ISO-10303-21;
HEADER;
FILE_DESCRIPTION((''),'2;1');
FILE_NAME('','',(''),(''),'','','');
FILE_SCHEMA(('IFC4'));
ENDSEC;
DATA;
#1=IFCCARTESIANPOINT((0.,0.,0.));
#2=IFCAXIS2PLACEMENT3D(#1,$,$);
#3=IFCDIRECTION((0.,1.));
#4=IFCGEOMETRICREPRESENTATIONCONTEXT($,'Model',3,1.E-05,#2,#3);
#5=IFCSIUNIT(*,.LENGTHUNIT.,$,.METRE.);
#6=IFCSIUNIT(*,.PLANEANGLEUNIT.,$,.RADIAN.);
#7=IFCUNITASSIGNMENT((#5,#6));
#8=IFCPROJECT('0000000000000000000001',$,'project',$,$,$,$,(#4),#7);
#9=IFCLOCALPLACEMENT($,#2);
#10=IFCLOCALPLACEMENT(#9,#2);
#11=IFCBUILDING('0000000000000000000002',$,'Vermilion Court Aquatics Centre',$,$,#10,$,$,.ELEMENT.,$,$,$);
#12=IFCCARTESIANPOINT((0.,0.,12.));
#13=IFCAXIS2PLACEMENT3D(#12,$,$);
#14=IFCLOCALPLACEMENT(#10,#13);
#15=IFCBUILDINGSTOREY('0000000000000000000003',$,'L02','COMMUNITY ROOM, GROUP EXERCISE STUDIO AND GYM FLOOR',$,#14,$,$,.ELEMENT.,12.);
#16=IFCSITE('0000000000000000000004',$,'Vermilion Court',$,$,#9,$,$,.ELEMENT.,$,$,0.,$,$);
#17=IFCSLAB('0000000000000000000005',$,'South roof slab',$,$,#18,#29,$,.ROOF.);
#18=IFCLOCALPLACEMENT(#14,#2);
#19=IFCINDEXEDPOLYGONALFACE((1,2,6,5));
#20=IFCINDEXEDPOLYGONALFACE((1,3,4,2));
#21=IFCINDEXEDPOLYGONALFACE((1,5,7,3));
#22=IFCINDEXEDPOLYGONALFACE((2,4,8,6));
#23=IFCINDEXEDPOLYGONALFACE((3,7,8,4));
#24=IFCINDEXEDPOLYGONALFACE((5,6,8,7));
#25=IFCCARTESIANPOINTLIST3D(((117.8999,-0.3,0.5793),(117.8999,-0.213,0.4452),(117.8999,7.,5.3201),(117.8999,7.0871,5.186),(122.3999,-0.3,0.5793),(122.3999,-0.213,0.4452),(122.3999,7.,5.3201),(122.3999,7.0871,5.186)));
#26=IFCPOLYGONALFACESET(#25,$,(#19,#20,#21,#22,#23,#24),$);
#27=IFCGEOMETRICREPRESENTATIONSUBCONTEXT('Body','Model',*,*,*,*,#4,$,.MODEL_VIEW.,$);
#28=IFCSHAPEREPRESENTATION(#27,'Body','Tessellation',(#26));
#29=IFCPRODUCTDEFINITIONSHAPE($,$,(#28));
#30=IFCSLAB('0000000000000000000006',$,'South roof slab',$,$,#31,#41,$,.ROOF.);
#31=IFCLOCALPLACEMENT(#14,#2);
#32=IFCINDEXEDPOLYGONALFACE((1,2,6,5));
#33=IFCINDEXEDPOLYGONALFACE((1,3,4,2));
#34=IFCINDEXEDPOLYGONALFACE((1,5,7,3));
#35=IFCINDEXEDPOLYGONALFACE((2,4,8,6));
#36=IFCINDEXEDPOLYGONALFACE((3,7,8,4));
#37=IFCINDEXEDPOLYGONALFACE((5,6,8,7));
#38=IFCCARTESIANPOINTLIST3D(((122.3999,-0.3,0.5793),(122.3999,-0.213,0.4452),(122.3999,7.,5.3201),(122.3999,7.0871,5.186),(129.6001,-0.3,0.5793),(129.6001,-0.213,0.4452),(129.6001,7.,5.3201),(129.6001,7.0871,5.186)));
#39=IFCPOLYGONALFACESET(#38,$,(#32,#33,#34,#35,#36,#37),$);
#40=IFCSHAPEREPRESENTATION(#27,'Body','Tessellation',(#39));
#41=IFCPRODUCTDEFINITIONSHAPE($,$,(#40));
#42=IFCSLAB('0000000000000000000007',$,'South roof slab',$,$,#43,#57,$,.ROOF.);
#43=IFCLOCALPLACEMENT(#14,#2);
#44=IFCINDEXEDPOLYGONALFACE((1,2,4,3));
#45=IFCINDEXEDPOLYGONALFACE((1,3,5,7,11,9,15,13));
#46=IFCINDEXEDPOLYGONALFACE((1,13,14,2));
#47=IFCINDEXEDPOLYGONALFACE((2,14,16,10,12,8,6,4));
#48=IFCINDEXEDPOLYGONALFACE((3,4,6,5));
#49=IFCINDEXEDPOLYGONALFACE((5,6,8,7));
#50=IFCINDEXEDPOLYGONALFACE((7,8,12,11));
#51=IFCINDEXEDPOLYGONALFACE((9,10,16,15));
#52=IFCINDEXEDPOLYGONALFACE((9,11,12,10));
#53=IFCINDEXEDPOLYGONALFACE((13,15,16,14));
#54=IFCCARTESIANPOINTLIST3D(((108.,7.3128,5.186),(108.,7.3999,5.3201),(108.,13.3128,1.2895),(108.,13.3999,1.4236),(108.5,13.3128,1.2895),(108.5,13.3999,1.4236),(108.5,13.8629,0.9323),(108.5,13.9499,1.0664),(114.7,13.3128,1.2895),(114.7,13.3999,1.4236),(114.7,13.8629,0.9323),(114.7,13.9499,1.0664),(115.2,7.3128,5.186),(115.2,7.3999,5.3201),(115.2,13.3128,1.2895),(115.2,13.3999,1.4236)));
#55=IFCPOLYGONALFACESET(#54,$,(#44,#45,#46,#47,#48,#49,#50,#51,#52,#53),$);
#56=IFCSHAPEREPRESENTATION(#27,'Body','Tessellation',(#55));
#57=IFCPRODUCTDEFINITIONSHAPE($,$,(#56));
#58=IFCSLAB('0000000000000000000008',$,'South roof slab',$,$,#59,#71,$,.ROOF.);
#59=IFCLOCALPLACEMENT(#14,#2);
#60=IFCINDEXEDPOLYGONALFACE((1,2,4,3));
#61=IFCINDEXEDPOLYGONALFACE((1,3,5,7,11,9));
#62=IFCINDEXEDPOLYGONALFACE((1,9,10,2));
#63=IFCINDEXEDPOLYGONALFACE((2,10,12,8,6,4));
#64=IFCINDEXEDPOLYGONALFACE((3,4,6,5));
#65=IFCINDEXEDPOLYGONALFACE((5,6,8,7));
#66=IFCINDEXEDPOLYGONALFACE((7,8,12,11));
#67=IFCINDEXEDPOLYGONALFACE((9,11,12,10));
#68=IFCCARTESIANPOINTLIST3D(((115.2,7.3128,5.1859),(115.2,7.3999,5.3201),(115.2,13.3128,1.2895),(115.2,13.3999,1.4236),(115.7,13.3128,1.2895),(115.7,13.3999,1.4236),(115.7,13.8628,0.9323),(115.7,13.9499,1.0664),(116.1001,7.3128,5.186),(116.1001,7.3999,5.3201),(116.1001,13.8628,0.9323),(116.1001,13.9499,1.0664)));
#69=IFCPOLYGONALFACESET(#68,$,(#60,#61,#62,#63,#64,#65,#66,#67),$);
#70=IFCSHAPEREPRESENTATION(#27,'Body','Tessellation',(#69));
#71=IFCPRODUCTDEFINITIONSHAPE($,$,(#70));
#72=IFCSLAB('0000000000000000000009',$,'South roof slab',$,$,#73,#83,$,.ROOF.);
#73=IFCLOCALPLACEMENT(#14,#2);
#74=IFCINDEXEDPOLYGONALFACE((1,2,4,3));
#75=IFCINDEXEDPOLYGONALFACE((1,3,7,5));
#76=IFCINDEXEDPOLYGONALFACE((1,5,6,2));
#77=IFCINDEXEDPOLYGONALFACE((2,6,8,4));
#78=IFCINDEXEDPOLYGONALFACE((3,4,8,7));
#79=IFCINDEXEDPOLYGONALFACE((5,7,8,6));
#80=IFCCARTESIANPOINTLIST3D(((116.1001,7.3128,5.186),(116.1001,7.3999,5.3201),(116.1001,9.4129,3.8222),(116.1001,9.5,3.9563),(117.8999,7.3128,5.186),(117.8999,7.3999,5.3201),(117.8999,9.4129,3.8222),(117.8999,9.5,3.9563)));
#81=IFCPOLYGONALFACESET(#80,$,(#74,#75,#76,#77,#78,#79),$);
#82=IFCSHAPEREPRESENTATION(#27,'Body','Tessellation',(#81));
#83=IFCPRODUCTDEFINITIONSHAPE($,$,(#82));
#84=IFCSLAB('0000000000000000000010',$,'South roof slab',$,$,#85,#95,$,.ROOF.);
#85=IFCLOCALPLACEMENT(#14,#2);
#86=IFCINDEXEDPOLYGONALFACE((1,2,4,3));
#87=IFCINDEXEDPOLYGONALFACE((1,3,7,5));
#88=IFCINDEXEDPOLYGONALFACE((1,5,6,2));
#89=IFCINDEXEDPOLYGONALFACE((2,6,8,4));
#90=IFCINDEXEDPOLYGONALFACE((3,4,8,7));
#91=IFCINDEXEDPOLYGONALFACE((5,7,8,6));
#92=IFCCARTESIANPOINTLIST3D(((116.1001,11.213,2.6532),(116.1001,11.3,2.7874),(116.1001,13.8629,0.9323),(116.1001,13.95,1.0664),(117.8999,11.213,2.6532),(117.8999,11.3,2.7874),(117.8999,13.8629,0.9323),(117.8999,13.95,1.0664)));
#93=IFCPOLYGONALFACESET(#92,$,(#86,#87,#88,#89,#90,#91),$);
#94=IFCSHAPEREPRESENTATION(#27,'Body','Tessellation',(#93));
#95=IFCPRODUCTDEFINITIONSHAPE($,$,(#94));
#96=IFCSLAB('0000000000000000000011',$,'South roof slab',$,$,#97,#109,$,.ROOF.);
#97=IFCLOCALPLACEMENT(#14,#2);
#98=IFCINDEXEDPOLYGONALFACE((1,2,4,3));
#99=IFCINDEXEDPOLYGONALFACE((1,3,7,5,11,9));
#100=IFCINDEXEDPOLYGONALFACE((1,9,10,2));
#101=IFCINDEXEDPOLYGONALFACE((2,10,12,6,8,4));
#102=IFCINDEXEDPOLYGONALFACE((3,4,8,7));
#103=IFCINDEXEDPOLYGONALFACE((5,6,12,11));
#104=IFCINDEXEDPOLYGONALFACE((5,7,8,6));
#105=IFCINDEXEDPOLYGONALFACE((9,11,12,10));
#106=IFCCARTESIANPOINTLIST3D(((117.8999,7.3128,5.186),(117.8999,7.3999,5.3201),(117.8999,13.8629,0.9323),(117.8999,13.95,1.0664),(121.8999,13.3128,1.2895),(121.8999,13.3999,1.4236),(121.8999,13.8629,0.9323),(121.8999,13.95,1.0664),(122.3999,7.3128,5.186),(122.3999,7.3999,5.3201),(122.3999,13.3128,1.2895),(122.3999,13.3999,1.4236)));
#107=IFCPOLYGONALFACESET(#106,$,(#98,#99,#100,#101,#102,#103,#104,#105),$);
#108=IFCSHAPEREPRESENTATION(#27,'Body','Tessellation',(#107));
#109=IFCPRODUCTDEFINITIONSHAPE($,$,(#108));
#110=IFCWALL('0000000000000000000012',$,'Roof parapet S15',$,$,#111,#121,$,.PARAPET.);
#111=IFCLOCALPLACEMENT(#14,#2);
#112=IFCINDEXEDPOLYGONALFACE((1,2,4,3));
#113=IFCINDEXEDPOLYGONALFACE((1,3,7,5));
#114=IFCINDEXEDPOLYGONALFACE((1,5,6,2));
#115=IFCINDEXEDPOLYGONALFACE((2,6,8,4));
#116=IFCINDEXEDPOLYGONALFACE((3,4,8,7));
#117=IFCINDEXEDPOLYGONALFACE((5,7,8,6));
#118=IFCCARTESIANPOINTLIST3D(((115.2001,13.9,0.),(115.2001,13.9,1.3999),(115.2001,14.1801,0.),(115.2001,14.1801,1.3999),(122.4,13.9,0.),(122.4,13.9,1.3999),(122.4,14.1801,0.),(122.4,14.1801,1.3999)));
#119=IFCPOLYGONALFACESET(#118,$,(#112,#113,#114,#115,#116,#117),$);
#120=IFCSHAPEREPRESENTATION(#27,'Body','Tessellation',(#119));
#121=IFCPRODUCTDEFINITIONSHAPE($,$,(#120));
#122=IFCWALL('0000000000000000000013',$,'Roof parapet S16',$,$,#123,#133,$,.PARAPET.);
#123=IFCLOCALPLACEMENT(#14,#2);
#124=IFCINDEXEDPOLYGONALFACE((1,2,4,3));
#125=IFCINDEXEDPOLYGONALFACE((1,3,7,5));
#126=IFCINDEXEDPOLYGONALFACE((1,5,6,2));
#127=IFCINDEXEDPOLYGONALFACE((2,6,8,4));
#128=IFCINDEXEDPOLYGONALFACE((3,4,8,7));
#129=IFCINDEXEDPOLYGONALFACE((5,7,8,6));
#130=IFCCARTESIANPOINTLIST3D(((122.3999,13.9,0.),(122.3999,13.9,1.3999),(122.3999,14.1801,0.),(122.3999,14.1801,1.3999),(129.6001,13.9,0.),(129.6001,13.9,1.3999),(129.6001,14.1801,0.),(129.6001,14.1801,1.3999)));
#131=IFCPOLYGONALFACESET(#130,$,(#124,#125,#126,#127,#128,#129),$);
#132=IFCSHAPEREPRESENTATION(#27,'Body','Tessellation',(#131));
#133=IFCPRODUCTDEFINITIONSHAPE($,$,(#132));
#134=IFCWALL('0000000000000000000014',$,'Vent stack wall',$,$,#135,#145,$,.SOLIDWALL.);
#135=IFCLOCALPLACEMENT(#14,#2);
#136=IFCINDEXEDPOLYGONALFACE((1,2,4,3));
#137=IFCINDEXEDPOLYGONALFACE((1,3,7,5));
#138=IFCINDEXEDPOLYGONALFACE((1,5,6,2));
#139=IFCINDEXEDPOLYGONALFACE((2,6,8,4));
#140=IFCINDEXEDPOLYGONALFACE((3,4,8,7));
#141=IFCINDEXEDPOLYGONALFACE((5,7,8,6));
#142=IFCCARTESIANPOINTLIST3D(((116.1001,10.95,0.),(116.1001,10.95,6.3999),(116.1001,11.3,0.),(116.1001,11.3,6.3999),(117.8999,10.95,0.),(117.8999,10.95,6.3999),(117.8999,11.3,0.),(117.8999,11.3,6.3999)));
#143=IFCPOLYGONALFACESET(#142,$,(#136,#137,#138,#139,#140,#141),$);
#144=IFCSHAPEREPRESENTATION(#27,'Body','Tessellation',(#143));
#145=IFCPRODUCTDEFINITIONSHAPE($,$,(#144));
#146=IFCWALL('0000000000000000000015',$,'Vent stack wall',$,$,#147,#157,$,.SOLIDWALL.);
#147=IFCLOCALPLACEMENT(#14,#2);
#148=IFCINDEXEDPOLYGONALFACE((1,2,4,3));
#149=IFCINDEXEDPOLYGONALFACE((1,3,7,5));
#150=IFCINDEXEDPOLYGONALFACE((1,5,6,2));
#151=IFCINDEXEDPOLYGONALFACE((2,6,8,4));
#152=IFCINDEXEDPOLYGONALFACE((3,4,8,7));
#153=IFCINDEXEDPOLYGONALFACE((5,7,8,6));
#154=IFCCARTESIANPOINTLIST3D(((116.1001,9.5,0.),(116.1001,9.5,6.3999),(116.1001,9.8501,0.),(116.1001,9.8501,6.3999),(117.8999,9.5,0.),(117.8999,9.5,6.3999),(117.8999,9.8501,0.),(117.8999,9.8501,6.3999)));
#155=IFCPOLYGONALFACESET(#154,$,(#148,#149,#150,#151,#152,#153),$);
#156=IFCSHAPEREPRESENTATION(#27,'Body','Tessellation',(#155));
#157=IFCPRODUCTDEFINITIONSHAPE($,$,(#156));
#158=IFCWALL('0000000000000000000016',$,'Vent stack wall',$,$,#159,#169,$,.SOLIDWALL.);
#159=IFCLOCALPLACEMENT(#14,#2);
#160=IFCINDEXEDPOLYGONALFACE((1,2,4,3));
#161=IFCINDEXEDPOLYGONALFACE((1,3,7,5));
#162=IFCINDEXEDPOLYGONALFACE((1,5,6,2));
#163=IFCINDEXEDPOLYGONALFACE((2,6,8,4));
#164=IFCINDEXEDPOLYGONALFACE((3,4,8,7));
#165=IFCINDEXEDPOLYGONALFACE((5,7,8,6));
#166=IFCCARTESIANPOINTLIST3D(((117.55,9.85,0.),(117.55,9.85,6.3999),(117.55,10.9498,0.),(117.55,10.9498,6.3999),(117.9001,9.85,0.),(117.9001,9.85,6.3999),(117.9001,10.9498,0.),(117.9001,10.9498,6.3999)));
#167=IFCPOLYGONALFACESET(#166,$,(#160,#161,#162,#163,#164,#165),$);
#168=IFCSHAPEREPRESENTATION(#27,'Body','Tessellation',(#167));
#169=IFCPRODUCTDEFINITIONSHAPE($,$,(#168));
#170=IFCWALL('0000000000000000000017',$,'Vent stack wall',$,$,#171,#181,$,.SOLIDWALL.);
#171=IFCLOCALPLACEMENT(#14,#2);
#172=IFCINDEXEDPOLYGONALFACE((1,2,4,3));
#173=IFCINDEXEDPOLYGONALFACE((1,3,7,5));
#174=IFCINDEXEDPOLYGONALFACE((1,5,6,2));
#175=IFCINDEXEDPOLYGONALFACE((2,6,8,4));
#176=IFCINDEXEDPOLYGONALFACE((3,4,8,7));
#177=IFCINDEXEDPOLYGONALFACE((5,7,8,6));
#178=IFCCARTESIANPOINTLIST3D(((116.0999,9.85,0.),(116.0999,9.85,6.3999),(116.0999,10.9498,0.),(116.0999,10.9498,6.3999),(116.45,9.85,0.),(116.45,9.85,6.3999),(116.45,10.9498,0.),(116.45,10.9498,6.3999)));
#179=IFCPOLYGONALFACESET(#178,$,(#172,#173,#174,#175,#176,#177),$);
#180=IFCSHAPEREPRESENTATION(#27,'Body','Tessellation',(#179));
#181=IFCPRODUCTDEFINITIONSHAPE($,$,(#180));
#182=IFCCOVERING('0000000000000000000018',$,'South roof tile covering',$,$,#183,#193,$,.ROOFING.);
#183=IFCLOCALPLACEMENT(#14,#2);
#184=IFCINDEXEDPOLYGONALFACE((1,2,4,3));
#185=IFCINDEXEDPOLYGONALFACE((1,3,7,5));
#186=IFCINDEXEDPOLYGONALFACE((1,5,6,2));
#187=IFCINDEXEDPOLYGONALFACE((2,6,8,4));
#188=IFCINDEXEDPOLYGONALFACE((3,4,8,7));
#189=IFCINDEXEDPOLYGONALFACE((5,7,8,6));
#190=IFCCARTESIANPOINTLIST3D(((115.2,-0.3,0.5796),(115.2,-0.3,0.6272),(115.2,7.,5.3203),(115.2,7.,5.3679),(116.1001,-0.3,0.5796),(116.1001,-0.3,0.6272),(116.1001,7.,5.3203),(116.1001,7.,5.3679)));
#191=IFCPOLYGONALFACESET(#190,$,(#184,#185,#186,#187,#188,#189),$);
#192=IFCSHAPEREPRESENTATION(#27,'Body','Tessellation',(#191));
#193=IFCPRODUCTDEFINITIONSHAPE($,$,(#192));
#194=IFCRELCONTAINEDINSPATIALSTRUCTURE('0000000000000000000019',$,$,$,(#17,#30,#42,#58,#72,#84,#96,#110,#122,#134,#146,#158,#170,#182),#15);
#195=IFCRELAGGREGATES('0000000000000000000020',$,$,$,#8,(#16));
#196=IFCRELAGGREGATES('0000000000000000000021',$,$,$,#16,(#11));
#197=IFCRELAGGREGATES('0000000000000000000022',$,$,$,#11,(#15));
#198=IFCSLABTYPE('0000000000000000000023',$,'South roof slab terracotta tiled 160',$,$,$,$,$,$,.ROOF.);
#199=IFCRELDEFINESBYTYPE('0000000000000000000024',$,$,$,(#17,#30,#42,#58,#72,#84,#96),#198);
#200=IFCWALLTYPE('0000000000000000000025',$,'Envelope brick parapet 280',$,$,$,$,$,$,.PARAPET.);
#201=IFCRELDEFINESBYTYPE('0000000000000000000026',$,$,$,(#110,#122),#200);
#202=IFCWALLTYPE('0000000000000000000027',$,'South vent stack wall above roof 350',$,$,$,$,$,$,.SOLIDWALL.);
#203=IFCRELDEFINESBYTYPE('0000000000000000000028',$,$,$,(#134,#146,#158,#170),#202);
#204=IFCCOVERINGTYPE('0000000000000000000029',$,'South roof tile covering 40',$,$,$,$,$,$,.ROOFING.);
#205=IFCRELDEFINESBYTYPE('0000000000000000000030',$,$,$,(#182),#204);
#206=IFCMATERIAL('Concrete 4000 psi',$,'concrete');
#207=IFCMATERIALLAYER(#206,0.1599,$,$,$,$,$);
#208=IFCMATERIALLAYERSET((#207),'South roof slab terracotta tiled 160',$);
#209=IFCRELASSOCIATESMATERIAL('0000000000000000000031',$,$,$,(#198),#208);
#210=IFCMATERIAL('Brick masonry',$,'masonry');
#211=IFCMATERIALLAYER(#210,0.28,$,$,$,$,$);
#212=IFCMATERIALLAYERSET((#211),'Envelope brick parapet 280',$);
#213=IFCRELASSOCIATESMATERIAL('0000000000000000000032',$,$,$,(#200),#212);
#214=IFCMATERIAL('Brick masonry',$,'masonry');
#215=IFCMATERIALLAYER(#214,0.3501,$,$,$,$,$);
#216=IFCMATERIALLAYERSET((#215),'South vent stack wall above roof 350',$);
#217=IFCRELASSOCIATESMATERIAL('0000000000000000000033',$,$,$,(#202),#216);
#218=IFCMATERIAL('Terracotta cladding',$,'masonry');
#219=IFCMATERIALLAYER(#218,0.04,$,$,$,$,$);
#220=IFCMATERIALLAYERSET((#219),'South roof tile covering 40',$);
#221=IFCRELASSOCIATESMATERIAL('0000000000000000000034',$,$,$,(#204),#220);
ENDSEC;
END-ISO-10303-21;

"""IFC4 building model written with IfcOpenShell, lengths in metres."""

from ifc_helpers import new_model, si_unit, direction, frame, frame_2d, origin, place, context, subcontext, project, spatial, polyline, rectangle, outline, extrude, material, layer, layer_set, type_object, element, save


model = new_model("IFC4")

# Units and contexts
model_context = context("Model", 3, precision=1e-05, world=origin(), true_north=direction((0.0, 1.0)))
body_context = subcontext(model_context, "Body", "Model", "MODEL_VIEW")
ifc_project = project(units=[si_unit("LENGTHUNIT", "METRE"), si_unit("PLANEANGLEUNIT", "RADIAN")], contexts=[model_context])

# Site, building, storey
site_placement = place(None, origin())
site = spatial("IfcSite", under=ifc_project, at=site_placement, Name="Vermilion Court", CompositionType="ELEMENT", RefElevation=0.0)
building_placement = place(site_placement, origin())
building = spatial("IfcBuilding", under=site, at=building_placement, Name="Vermilion Court Aquatics Centre", CompositionType="ELEMENT")
storey_placement = place(building_placement, frame((0.0, 0.0, 12.0)))
storey = spatial("IfcBuildingStorey", under=building, at=storey_placement, Name="L02", Description="COMMUNITY ROOM, GROUP EXERCISE STUDIO AND GYM FLOOR", CompositionType="ELEMENT", Elevation=12.0)

# Slabs
ifc_material_1 = material(Name="Concrete 4000 psi", Category="concrete")
ifc_layer_1 = layer(ifc_material_1, 0.1599)
ifc_layer_set_1 = layer_set([ifc_layer_1], Name="South roof slab terracotta tiled 160")
slab_type_1 = type_object("IfcSlabType", Name="South roof slab terracotta tiled 160", PredefinedType="ROOF", material=ifc_layer_set_1)
slab_1_placement = place(storey_placement, frame((117.8999, -0.3, 0.5793), z_axis=(0.0, -0.54464, 0.83867), x_axis=(0.0, 0.83867, 0.54464)))
element("IfcSlab", 1, at=slab_1_placement, inside=storey, type_object=slab_type_1, Name="South roof slab", PredefinedType="ROOF", context=body_context, shape_type="SweptSolid", body=[
    extrude(outline(polyline([(0.0, 0.0), (8.7043, 0.0), (8.7043, -4.5), (0.0, -4.5), (0.0, 0.0)])), origin(), (0.0, 0.0, -1.0), 0.1599),
])
slab_2_placement = place(storey_placement, frame((122.3999, -0.3, 0.5793), z_axis=(0.0, -0.54464, 0.83867), x_axis=(0.0, 0.83867, 0.54464)))
element("IfcSlab", 2, at=slab_2_placement, inside=storey, type_object=slab_type_1, Name="South roof slab", PredefinedType="ROOF", context=body_context, shape_type="SweptSolid", body=[
    extrude(outline(polyline([(0.0, 0.0), (8.7043, 0.0), (8.7043, -7.2002), (0.0, -7.2002), (0.0, 0.0)])), origin(), (0.0, 0.0, -1.0), 0.1599),
])
slab_3_placement = place(storey_placement, frame((115.2, 7.3999, 5.3201), z_axis=(0.0, 0.54464, 0.83867), x_axis=(-1.0, 0.0, 0.0)))
element("IfcSlab", 3, at=slab_3_placement, inside=storey, type_object=slab_type_1, Name="South roof slab", PredefinedType="ROOF", context=body_context, shape_type="SweptSolid", body=[
    extrude(outline(polyline([(0.0, 0.0), (7.2, 0.0), (7.2, -7.1542), (6.7, -7.1542), (6.7, -7.81), (0.5, -7.81), (0.5, -7.1542), (0.0, -7.1542), (0.0, 0.0)])), origin(), (0.0, 0.0, -1.0), 0.1599),
])
slab_4_placement = place(storey_placement, frame((116.1001, 7.3999, 5.3201), z_axis=(-0.000014, 0.544642, 0.838669), x_axis=(-1.0, -0.000008, -0.000012)))
element("IfcSlab", 4, at=slab_4_placement, inside=storey, type_object=slab_type_1, Name="South roof slab", PredefinedType="ROOF", context=body_context, shape_type="SweptSolid", body=[
    extrude(outline(polyline([(0.0, 0.0), (0.9001, 0.0), (0.9001, -7.1542), (0.4001, -7.1542), (0.4001, -7.81), (0.0, -7.81), (0.0, 0.0)])), origin(), (0.0, 0.0, -1.0), 0.1599),
])
slab_5_placement = place(storey_placement, frame((117.8999, 7.3999, 5.3201), z_axis=(0.0, 0.544625, 0.83868), x_axis=(-1.0, 0.0, 0.0)))
element("IfcSlab", 5, at=slab_5_placement, inside=storey, type_object=slab_type_1, Name="South roof slab", PredefinedType="ROOF", context=body_context, shape_type="SweptSolid", body=[
    extrude(outline(polyline([(0.0, 0.0), (1.7998, 0.0), (1.7998, -2.5041), (0.0, -2.5041), (0.0, 0.0)])), origin(), (0.0, 0.0, -1.0), 0.1599),
])
slab_6_placement = place(storey_placement, frame((116.1001, 13.95, 1.0664), z_axis=(0.0, 0.544657, 0.838659), x_axis=(1.0, 0.0, 0.0)))
element("IfcSlab", 6, at=slab_6_placement, inside=storey, type_object=slab_type_1, Name="South roof slab", PredefinedType="ROOF", context=body_context, shape_type="SweptSolid", body=[
    extrude(outline(polyline([(0.0, 0.0), (1.7998, 0.0), (1.7998, -3.1597), (0.0, -3.1597), (0.0, 0.0)])), origin(), (0.0, 0.0, -1.0), 0.1599),
])
slab_7_placement = place(storey_placement, frame((122.3999, 7.3999, 5.3201), z_axis=(0.000003, 0.54464, 0.83867), x_axis=(-1.0, 0.000001, 0.000002)))
element("IfcSlab", 7, at=slab_7_placement, inside=storey, type_object=slab_type_1, Name="South roof slab", PredefinedType="ROOF", context=body_context, shape_type="SweptSolid", body=[
    extrude(outline(polyline([(0.0, 0.0), (4.5, 0.0), (4.5, -7.81), (0.5, -7.81), (0.5, -7.1542), (0.0, -7.1542), (0.0, 0.0)])), origin(), (0.0, 0.0, -1.0), 0.1599),
])

# Walls
ifc_material_2 = material(Name="Brick masonry", Category="masonry")
ifc_layer_2 = layer(ifc_material_2, 0.28)
ifc_layer_set_2 = layer_set([ifc_layer_2], Name="Envelope brick parapet 280")
wall_type_1 = type_object("IfcWallType", Name="Envelope brick parapet 280", PredefinedType="PARAPET", material=ifc_layer_set_2)
wall_1_placement = place(storey_placement, frame((115.2, 14.04, 0.0), z_axis=(0.0, 0.0, 1.0), x_axis=(1.0, 0.0, 0.0)))
element("IfcWall", 8, at=wall_1_placement, inside=storey, type_object=wall_type_1, Name="Roof parapet S15", PredefinedType="PARAPET", context=body_context, shape_type="SweptSolid", body=[
    extrude(rectangle(XDim=7.2, YDim=0.28, at=frame_2d((3.6001, 0.0))), origin(), (0.0, 0.0, 1.0), 1.3999),
])
wall_2_placement = place(storey_placement, frame((122.3999, 14.04, 0.0), z_axis=(0.0, 0.0, 1.0), x_axis=(1.0, 0.0, 0.0)))
element("IfcWall", 9, at=wall_2_placement, inside=storey, type_object=wall_type_1, Name="Roof parapet S16", PredefinedType="PARAPET", context=body_context, shape_type="SweptSolid", body=[
    extrude(rectangle(XDim=7.2002, YDim=0.28, at=frame_2d((3.6001, 0.0))), origin(), (0.0, 0.0, 1.0), 1.3999),
])
ifc_material_3 = material(Name="Brick masonry", Category="masonry")
ifc_layer_3 = layer(ifc_material_3, 0.3501)
ifc_layer_set_3 = layer_set([ifc_layer_3], Name="South vent stack wall above roof 350")
wall_type_2 = type_object("IfcWallType", Name="South vent stack wall above roof 350", PredefinedType="SOLIDWALL", material=ifc_layer_set_3)
for number, where, z_axis, x_axis, name in (
    (10, (116.1001, 11.125, 0.0), (0.0, 0.0, 1.0), (1.0, 0.0, 0.0), "Vent stack wall"),
    (11, (116.1001, 9.675, 0.0), (0.0, 0.0, 1.0), (1.0, 0.0, 0.0), "Vent stack wall"),
):
    element("IfcWall", number, at=place(storey_placement, frame(where, z_axis=z_axis, x_axis=x_axis)), inside=storey, type_object=wall_type_2, Name=name, PredefinedType="SOLIDWALL", context=body_context, shape_type="SweptSolid", body=[
        extrude(rectangle(XDim=1.7998, YDim=0.3501, at=frame_2d((0.8999, 0.0))), origin(), (0.0, 0.0, 1.0), 6.3999),
    ])
for number, where, z_axis, x_axis, name in (
    (12, (117.7251, 9.8501, 0.0), (0.0, 0.0, 1.0), (0.0, 1.0, 0.0), "Vent stack wall"),
    (13, (116.2749, 9.8501, 0.0), (0.0, 0.0, 1.0), (0.0, 1.0, 0.0), "Vent stack wall"),
):
    element("IfcWall", number, at=place(storey_placement, frame(where, z_axis=z_axis, x_axis=x_axis)), inside=storey, type_object=wall_type_2, Name=name, PredefinedType="SOLIDWALL", context=body_context, shape_type="SweptSolid", body=[
        extrude(rectangle(XDim=1.0999, YDim=0.3501, at=frame_2d((0.5498, 0.0))), origin(), (0.0, 0.0, 1.0), 6.3999),
    ])

# Covering
ifc_material_4 = material(Name="Terracotta cladding", Category="masonry")
ifc_layer_4 = layer(ifc_material_4, 0.04)
ifc_layer_set_4 = layer_set([ifc_layer_4], Name="South roof tile covering 40")
covering_type = type_object("IfcCoveringType", Name="South roof tile covering 40", PredefinedType="ROOFING", material=ifc_layer_set_4)
covering_1_placement = place(storey_placement, frame((115.2, -0.3, 0.6272), z_axis=(0.0, -0.54464, 0.83867), x_axis=(0.0, 0.83867, 0.54464)))
element("IfcCovering", 14, at=covering_1_placement, inside=storey, type_object=covering_type, Name="South roof tile covering", PredefinedType="ROOFING", context=body_context, shape_type="SweptSolid", body=[
    extrude(outline(polyline([(0.0, 0.0), (8.7043, 0.0), (8.7043, -0.9001), (0.0, -0.9001), (0.0, 0.0)])), origin(), (-0.54464, 0.0, -0.83867), 0.0476),
])

save(model, "model.ifc")
